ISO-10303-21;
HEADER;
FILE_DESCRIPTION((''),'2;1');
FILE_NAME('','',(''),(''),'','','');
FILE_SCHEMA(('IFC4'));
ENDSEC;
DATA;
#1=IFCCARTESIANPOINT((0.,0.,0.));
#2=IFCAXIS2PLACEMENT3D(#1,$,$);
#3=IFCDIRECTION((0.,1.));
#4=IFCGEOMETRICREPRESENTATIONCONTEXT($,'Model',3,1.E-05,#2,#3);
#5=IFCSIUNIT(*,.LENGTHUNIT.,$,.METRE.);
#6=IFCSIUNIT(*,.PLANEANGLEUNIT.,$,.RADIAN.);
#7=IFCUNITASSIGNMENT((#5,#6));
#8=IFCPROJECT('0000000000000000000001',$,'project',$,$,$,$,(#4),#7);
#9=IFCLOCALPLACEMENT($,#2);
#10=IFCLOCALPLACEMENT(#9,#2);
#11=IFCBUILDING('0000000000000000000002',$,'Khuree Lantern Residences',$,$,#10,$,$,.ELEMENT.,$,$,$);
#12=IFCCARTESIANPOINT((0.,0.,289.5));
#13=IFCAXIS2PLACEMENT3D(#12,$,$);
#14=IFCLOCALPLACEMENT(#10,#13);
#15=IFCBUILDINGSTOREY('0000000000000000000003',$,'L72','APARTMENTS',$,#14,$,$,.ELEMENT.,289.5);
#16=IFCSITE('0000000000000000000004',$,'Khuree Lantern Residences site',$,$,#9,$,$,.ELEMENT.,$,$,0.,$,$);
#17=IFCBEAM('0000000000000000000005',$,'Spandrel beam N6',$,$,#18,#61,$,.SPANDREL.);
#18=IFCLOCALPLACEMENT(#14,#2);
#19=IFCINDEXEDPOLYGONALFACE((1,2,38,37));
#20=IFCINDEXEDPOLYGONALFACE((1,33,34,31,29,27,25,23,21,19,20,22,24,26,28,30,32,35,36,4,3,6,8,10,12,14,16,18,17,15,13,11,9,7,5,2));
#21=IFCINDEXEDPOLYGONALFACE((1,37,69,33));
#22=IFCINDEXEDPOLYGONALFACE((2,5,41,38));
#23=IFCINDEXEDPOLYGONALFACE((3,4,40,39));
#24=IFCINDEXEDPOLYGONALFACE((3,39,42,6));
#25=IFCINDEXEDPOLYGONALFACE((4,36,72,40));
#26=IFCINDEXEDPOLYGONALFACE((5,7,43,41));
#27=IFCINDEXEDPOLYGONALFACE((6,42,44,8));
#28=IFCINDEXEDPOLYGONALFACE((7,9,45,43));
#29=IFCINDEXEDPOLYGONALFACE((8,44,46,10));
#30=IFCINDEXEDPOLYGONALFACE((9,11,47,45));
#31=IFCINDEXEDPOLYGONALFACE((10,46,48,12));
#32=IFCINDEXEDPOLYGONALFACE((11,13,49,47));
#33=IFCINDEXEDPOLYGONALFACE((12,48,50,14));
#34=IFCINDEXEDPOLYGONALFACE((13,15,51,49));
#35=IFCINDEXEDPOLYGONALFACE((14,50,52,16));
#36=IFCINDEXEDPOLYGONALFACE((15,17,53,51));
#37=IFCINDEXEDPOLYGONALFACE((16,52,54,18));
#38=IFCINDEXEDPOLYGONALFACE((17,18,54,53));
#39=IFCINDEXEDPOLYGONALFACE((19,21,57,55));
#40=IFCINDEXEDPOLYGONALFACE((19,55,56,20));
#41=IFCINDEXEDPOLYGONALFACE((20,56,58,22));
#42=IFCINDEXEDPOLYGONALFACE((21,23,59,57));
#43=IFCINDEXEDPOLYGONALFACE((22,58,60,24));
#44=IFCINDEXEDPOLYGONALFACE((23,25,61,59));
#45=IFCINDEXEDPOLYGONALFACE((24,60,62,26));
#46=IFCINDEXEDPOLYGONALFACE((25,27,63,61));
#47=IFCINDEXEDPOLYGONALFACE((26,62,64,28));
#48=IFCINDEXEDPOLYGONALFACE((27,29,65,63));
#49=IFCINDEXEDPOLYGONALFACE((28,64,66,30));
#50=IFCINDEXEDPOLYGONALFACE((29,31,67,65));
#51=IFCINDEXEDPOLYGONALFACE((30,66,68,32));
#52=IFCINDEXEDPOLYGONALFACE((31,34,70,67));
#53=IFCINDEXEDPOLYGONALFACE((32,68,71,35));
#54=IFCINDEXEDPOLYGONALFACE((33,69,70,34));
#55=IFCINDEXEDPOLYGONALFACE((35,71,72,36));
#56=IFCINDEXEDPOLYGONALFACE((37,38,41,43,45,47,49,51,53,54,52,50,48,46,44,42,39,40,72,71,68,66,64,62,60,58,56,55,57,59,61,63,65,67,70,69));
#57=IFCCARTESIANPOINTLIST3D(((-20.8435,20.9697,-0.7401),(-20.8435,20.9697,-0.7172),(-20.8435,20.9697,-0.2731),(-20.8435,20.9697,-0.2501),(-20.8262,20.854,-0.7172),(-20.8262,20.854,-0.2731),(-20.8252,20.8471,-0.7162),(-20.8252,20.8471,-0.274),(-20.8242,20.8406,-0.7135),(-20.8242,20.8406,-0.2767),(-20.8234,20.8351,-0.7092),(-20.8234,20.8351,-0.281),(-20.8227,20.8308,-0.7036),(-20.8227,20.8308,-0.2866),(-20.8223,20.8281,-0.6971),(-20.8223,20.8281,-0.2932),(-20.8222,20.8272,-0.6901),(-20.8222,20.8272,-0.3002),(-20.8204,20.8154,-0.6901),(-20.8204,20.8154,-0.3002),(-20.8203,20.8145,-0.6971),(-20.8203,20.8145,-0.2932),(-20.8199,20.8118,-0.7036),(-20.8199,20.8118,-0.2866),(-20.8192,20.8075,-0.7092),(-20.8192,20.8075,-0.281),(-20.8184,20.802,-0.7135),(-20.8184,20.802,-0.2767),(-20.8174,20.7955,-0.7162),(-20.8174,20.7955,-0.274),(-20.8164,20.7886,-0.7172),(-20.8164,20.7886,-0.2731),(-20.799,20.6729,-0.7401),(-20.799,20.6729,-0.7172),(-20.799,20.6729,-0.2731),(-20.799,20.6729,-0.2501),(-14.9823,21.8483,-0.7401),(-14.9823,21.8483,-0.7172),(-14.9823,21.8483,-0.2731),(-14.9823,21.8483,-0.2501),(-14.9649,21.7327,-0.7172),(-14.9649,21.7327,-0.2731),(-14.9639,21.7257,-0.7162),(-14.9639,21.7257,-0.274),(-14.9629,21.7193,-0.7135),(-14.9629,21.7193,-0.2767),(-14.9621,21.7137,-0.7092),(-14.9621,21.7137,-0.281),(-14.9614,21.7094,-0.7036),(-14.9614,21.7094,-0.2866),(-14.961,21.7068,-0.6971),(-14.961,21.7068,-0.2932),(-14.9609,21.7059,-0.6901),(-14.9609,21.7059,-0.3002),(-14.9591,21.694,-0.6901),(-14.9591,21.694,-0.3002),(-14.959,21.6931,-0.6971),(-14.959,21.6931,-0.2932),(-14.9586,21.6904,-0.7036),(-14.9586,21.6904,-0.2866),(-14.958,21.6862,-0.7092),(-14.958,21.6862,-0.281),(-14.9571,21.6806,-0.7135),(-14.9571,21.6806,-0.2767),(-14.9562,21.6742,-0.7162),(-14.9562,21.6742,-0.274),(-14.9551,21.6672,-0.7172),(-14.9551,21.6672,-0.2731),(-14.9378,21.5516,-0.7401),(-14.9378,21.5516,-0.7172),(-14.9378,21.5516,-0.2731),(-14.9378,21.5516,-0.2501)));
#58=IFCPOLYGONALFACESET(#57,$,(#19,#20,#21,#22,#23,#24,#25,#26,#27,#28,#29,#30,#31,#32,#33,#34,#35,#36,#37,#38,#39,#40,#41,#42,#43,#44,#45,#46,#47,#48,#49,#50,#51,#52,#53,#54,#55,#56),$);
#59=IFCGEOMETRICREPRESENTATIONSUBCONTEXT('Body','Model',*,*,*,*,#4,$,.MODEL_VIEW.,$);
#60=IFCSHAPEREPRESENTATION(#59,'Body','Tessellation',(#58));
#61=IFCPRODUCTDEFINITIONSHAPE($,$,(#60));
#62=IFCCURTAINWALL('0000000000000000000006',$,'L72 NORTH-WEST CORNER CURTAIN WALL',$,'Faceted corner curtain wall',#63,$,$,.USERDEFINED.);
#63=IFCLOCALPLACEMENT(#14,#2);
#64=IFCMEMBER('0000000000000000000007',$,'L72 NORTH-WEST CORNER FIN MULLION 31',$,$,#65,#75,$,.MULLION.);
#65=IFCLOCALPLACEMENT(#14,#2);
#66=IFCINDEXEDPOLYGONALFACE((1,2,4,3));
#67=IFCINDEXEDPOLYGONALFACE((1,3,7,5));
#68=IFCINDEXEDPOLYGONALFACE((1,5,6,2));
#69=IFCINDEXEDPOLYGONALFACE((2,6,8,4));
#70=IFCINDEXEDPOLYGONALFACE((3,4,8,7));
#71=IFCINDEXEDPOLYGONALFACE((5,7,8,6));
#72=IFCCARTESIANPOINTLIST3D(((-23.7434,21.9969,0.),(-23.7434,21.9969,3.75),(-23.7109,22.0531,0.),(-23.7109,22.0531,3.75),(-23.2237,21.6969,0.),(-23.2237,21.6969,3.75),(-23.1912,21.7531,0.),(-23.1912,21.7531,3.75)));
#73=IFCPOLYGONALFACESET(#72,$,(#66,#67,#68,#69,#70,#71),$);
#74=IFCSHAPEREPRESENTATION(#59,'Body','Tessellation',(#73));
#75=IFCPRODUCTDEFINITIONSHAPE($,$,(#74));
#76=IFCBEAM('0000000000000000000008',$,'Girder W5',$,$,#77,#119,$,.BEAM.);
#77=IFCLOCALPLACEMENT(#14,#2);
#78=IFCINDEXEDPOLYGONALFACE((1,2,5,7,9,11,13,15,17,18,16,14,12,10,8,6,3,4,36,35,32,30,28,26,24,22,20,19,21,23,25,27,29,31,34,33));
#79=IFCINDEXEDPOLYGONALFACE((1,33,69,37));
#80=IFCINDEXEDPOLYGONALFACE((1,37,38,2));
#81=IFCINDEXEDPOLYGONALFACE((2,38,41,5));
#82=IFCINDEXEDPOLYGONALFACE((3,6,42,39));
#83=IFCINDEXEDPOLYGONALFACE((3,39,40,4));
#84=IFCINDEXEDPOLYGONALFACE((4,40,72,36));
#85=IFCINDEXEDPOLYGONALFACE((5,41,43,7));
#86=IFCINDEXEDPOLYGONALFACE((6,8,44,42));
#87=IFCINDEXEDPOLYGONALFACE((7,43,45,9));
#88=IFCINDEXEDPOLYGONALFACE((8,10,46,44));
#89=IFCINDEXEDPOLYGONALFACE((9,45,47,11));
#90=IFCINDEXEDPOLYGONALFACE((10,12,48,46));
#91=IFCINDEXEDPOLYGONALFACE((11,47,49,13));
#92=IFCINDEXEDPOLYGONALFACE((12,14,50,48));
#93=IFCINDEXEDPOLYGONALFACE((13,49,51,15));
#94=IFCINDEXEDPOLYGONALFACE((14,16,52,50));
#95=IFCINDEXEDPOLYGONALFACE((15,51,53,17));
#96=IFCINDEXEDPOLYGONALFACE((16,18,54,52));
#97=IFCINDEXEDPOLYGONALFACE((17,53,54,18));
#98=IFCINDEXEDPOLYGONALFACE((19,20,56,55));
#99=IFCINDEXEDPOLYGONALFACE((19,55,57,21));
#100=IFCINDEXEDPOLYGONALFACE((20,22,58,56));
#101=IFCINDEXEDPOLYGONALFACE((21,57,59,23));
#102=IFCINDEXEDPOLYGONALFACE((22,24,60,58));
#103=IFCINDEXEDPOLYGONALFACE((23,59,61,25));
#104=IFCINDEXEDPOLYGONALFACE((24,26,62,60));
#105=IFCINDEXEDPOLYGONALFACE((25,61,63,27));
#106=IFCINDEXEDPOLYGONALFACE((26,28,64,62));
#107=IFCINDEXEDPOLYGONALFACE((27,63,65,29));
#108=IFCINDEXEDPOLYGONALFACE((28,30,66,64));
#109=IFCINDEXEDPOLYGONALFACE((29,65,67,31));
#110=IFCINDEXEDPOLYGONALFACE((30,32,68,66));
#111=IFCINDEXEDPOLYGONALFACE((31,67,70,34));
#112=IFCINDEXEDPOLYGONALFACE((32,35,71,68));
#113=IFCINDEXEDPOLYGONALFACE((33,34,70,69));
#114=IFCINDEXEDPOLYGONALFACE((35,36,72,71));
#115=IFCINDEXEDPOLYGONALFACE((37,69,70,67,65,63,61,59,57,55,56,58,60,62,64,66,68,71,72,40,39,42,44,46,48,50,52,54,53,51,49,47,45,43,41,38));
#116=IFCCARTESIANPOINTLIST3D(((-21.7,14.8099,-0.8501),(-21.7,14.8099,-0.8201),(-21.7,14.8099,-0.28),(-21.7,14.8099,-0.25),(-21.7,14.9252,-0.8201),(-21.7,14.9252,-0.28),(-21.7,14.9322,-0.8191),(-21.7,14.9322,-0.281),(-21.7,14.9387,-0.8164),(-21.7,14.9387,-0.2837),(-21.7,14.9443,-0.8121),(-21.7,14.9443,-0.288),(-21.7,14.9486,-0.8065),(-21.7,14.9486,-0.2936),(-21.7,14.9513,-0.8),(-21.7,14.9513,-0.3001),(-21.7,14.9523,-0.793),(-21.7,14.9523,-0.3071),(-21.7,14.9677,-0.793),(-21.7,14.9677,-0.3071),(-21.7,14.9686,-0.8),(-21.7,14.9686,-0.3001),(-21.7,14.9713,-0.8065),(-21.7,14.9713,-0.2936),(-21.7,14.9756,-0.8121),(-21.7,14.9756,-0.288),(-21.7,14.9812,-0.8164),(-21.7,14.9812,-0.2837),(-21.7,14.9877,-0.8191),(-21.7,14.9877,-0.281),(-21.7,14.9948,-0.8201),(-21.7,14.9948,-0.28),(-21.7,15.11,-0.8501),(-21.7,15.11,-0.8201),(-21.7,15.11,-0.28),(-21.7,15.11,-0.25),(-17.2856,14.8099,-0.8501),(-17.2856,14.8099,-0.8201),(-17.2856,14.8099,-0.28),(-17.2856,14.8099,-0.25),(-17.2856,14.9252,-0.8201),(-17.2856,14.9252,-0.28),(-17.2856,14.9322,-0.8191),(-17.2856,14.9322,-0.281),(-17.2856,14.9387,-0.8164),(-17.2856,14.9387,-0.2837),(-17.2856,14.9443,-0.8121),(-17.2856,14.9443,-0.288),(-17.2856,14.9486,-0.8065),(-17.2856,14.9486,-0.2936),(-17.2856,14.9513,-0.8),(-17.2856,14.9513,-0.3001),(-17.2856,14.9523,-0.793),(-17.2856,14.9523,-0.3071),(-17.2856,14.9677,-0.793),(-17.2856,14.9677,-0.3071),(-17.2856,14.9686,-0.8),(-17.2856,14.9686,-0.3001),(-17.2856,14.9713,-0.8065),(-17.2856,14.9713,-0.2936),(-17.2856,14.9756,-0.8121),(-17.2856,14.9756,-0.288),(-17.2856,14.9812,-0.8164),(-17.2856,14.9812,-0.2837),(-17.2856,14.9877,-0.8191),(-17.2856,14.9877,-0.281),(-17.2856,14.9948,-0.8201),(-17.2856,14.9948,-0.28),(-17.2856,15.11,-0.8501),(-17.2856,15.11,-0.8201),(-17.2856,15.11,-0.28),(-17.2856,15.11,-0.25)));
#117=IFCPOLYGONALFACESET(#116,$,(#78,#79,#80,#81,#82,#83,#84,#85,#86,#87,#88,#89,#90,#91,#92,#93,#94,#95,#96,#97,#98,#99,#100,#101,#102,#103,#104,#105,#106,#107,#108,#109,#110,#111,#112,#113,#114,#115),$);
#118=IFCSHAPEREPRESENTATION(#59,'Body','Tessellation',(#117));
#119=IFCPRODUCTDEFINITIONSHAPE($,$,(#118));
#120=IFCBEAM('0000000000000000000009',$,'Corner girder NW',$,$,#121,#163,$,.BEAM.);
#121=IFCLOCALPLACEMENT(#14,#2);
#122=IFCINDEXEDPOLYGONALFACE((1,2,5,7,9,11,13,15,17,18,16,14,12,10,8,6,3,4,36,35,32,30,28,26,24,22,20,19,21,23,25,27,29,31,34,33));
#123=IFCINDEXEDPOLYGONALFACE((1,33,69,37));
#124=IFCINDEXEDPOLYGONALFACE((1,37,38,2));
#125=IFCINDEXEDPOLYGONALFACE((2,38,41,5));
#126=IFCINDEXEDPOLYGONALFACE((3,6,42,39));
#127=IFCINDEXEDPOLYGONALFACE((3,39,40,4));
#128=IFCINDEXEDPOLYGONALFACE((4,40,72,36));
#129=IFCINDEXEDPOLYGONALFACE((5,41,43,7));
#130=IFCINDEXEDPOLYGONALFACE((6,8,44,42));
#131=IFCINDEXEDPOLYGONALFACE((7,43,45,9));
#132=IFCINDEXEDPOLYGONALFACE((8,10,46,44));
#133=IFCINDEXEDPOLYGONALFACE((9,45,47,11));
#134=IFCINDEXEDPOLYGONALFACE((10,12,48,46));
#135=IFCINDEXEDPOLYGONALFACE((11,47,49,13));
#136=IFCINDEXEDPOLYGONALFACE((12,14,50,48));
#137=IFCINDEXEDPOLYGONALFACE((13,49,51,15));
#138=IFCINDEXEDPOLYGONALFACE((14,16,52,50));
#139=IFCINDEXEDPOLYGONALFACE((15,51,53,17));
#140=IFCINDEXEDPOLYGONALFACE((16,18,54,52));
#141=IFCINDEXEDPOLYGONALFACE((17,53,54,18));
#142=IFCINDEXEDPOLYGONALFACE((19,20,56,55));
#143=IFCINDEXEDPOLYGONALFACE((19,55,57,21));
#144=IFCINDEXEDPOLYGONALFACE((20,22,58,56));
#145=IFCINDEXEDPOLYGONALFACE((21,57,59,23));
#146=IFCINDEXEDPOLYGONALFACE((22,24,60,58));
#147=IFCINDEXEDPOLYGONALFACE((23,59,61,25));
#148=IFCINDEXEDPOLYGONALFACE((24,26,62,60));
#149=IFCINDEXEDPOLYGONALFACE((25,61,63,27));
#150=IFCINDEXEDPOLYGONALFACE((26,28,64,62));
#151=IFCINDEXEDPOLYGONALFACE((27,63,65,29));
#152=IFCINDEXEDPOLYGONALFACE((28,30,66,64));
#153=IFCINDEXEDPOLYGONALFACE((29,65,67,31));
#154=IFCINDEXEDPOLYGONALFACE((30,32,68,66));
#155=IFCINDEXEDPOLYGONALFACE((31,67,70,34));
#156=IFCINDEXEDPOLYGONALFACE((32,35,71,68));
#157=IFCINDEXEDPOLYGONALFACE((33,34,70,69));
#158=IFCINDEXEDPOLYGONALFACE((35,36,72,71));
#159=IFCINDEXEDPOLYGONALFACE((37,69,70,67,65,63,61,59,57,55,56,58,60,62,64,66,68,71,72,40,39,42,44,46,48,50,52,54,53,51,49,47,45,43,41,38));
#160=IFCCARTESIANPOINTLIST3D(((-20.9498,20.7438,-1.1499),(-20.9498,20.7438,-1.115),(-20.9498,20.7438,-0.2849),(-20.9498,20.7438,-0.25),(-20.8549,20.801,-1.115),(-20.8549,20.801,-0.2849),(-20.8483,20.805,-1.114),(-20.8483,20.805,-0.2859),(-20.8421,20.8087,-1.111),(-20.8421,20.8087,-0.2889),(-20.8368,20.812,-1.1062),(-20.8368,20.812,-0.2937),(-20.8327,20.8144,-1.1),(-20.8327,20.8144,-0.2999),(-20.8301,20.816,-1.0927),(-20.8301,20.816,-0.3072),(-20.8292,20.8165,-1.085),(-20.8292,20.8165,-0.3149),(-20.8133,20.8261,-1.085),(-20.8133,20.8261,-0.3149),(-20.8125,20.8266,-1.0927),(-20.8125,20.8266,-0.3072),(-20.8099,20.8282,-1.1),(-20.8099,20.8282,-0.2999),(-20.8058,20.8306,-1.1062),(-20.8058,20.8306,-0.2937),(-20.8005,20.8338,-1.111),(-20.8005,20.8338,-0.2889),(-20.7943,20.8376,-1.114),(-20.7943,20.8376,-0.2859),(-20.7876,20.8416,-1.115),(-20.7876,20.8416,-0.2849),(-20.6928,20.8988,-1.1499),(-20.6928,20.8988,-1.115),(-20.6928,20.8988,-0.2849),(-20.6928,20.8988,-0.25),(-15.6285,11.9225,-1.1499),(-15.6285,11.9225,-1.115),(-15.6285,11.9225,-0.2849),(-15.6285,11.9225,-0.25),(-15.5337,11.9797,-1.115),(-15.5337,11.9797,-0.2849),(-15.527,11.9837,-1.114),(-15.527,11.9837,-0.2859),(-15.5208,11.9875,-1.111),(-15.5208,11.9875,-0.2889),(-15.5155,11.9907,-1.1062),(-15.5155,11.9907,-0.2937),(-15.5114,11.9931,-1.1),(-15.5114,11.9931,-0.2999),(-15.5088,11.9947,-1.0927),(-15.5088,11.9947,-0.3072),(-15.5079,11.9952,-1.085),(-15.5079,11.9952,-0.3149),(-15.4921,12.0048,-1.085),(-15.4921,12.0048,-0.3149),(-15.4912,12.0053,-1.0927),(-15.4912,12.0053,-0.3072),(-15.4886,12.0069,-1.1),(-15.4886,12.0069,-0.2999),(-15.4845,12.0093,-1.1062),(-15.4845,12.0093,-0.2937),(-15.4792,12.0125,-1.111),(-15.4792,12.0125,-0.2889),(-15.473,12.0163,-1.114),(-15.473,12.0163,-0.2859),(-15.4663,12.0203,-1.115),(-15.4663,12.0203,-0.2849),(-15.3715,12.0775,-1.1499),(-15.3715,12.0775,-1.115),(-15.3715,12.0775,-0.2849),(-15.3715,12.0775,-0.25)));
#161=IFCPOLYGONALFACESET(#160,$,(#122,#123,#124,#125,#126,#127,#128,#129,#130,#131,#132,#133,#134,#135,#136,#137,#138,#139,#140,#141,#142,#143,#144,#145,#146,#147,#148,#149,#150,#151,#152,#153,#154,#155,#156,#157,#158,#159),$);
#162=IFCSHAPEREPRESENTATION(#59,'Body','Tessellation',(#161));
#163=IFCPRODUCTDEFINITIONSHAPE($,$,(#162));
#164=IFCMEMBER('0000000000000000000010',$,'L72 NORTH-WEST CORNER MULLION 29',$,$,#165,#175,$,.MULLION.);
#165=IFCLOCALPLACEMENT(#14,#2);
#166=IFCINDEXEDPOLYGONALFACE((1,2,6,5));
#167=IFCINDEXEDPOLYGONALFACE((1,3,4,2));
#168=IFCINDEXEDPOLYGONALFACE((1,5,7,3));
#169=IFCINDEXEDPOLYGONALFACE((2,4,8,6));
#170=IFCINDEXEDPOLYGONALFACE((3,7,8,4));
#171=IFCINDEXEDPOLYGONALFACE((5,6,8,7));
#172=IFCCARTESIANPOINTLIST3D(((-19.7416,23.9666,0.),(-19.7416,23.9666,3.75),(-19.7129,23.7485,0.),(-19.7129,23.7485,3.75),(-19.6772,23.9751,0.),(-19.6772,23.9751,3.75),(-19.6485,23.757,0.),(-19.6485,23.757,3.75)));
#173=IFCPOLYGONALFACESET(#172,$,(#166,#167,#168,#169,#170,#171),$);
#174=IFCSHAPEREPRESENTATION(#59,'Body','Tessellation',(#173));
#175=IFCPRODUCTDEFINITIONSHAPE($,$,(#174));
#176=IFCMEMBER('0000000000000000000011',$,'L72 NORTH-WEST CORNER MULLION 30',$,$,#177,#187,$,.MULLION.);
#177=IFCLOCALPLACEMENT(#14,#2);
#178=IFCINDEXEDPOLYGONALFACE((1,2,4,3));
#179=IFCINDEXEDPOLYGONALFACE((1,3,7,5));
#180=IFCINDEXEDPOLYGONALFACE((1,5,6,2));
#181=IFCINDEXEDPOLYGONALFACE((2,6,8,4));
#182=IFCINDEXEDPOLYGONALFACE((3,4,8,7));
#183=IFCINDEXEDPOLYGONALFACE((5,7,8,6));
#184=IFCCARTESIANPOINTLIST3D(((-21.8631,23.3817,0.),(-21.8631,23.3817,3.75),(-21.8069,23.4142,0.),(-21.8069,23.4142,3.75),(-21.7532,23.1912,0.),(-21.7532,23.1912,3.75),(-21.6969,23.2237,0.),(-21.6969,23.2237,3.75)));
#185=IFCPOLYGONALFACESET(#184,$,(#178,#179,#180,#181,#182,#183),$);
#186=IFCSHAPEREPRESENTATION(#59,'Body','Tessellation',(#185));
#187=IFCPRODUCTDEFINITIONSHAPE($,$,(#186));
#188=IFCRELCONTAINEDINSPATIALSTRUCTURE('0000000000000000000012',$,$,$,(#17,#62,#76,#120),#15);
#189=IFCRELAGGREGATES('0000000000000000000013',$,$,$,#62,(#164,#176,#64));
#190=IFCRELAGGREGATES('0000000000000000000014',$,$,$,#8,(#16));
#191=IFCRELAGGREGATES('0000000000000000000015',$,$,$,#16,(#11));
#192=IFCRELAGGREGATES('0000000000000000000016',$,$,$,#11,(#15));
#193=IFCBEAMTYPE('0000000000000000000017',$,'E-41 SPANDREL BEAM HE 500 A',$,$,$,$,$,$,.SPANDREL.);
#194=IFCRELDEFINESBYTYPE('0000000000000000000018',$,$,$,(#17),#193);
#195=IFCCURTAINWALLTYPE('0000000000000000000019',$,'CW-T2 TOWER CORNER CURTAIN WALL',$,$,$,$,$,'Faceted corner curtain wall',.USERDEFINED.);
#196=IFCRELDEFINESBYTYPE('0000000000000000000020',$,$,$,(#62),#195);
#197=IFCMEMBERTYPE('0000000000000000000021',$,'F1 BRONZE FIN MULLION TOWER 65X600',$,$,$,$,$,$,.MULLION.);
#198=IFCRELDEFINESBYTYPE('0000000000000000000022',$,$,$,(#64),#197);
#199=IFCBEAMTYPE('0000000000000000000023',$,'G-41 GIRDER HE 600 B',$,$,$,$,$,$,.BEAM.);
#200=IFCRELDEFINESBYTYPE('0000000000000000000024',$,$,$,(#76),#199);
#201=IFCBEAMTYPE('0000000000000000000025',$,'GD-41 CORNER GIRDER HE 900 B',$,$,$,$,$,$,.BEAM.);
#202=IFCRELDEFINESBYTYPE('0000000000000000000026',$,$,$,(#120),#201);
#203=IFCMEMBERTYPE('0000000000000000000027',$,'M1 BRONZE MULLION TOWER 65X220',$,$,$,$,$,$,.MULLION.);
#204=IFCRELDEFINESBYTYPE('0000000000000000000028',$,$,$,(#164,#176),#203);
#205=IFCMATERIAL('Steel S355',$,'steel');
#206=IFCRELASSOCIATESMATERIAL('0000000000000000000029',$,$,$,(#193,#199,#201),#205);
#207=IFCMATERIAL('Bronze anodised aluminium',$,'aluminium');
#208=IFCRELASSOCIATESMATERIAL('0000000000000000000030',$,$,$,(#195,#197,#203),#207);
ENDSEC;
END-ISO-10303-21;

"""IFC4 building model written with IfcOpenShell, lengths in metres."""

from ifc_helpers import new_model, si_unit, direction, frame, origin, origin_2d, place, context, subcontext, project, spatial, rectangle, i_section, extrude, material, material_profile, profile_set, type_object, element, aggregate, save


model = new_model("IFC4")

# Units and contexts
model_context = context("Model", 3, precision=1e-05, world=origin(), true_north=direction((0.0, 1.0)))
body_context = subcontext(model_context, "Body", "Model", "MODEL_VIEW")
ifc_project = project(units=[si_unit("LENGTHUNIT", "METRE"), si_unit("PLANEANGLEUNIT", "RADIAN")], contexts=[model_context])

# Site, building, storey
site_placement = place(None, origin())
site = spatial("IfcSite", under=ifc_project, at=site_placement, Name="Khuree Lantern Residences site", CompositionType="ELEMENT", RefElevation=0.0)
building_placement = place(site_placement, origin())
building = spatial("IfcBuilding", under=site, at=building_placement, Name="Khuree Lantern Residences", CompositionType="ELEMENT")
storey_placement = place(building_placement, frame((0.0, 0.0, 289.5)))
storey = spatial("IfcBuildingStorey", under=building, at=storey_placement, Name="L72", Description="APARTMENTS", CompositionType="ELEMENT", Elevation=289.5)

# Beam
ifc_material_1 = material(Name="Steel S355", Category="steel")
ifc_material_profile_1 = material_profile(ifc_material_1, i_section(OverallWidth=0.3, OverallDepth=0.49, WebThickness=0.012, FlangeThickness=0.0229, FilletRadius=0.0271, at=origin_2d()), Name="HE 500 A")
ifc_profile_set_1 = profile_set([ifc_material_profile_1], Name="Steel S355")
beam_type_1 = type_object("IfcBeamType", Name="E-41 SPANDREL BEAM HE 500 A", PredefinedType="SPANDREL", material=ifc_profile_set_1)
for number, where, z_axis, x_axis, name in (
    (1, (-20.8213, 20.8213, -0.4951), (0.98895, 0.148252, 0.0), (-0.148252, 0.98895, 0.0), "Spandrel beam N6"),
):
    element("IfcBeam", number, at=place(storey_placement, frame(where, z_axis=z_axis, x_axis=x_axis)), inside=storey, type_object=beam_type_1, Name=name, PredefinedType="SPANDREL", context=body_context, shape_type="SweptSolid", body=[
        extrude(i_section(OverallWidth=0.3, OverallDepth=0.49, WebThickness=0.012, FlangeThickness=0.0229, FilletRadius=0.0271, at=origin_2d()), origin(), (0.0, 0.0, 1.0), 5.9268),
    ])

# Curtain wall, member
ifc_material_2 = material(Name="Bronze anodised aluminium", Category="aluminium")
curtain_wall_type_1 = type_object("IfcCurtainWallType", Name="CW-T2 TOWER CORNER CURTAIN WALL", ElementType="Faceted corner curtain wall", PredefinedType="USERDEFINED", material=ifc_material_2)
curtain_wall_1_placement = place(storey_placement, origin())
curtain_wall_1 = element("IfcCurtainWall", 2, at=curtain_wall_1_placement, inside=storey, type_object=curtain_wall_type_1, Name="L72 NORTH-WEST CORNER CURTAIN WALL", ObjectType="Faceted corner curtain wall", PredefinedType="USERDEFINED")
ifc_material_profile_2 = material_profile(ifc_material_2, rectangle(XDim=0.0649, YDim=0.6001, at=origin_2d()), Name="F1 65X600")
ifc_profile_set_2 = profile_set([ifc_material_profile_2], Name="Bronze anodised aluminium")
member_type_1 = type_object("IfcMemberType", Name="F1 BRONZE FIN MULLION TOWER 65X600", PredefinedType="MULLION", material=ifc_profile_set_2)
member_1_placement = place(storey_placement, frame((-23.4673, 21.875, 0.0), z_axis=(0.0, 0.0, 1.0), x_axis=(-0.5, -0.866025, 0.0)))
member_1 = element("IfcMember", 3, at=member_1_placement, type_object=member_type_1, Name="L72 NORTH-WEST CORNER FIN MULLION 31", PredefinedType="MULLION", context=body_context, shape_type="SweptSolid", body=[
    extrude(rectangle(XDim=0.0649, YDim=0.6001, at=origin_2d()), origin(), (0.0, 0.0, 1.0), 3.75),
])

# Beams
ifc_material_profile_3 = material_profile(ifc_material_1, i_section(OverallWidth=0.3, OverallDepth=0.6001, WebThickness=0.0154, FlangeThickness=0.03, FilletRadius=0.0271, at=origin_2d()), Name="HE 600 B")
ifc_profile_set_3 = profile_set([ifc_material_profile_3], Name="Steel S355")
beam_type_2 = type_object("IfcBeamType", Name="G-41 GIRDER HE 600 B", PredefinedType="BEAM", material=ifc_profile_set_3)
beam_1_placement = place(storey_placement, frame((-21.7, 14.96, -0.55), z_axis=(1.0, 0.0, 0.0), x_axis=(0.0, 1.0, 0.0)))
element("IfcBeam", 4, at=beam_1_placement, inside=storey, type_object=beam_type_2, Name="Girder W5", PredefinedType="BEAM", context=body_context, shape_type="SweptSolid", body=[
    extrude(i_section(OverallWidth=0.3, OverallDepth=0.6001, WebThickness=0.0154, FlangeThickness=0.03, FilletRadius=0.0271, at=origin_2d()), origin(), (0.0, 0.0, 1.0), 4.4143),
])
ifc_material_profile_4 = material_profile(ifc_material_1, i_section(OverallWidth=0.3, OverallDepth=0.8999, WebThickness=0.0186, FlangeThickness=0.0349, FilletRadius=0.03, at=origin_2d()), Name="HE 900 B")
ifc_profile_set_4 = profile_set([ifc_material_profile_4], Name="Steel S355")
beam_type_3 = type_object("IfcBeamType", Name="GD-41 CORNER GIRDER HE 900 B", PredefinedType="BEAM", material=ifc_profile_set_4)
beam_2_placement = place(storey_placement, frame((-20.8213, 20.8213, -0.7), z_axis=(0.51653, -0.856269, 0.0), x_axis=(0.856269, 0.51653, 0.0)))
element("IfcBeam", 5, at=beam_2_placement, inside=storey, type_object=beam_type_3, Name="Corner girder NW", PredefinedType="BEAM", context=body_context, shape_type="SweptSolid", body=[
    extrude(i_section(OverallWidth=0.3, OverallDepth=0.8999, WebThickness=0.0186, FlangeThickness=0.0349, FilletRadius=0.03, at=origin_2d()), origin(), (0.0, 0.0, 1.0), 10.302),
])

# Members
ifc_material_profile_5 = material_profile(ifc_material_2, rectangle(XDim=0.0649, YDim=0.22, at=origin_2d()), Name="M1 65X220")
ifc_profile_set_5 = profile_set([ifc_material_profile_5], Name="Bronze anodised aluminium")
member_type_2 = type_object("IfcMemberType", Name="M1 BRONZE MULLION TOWER 65X220", PredefinedType="MULLION", material=ifc_profile_set_5)
member_2_placement = place(storey_placement, frame((-19.6951, 23.8618, 0.0), z_axis=(0.0, 0.0, 1.0), x_axis=(-0.991445, -0.130526, 0.0)))
member_2 = element("IfcMember", 6, at=member_2_placement, type_object=member_type_2, Name="L72 NORTH-WEST CORNER MULLION 29", PredefinedType="MULLION", context=body_context, shape_type="SweptSolid", body=[
    extrude(rectangle(XDim=0.0649, YDim=0.22, at=origin_2d()), origin(), (0.0, 0.0, 1.0), 3.75),
])
member_3_placement = place(storey_placement, frame((-21.78, 23.3027, 0.0), z_axis=(0.0, 0.0, 1.0), x_axis=(-0.866025, -0.5, 0.0)))
member_3 = element("IfcMember", 7, at=member_3_placement, type_object=member_type_2, Name="L72 NORTH-WEST CORNER MULLION 30", PredefinedType="MULLION", context=body_context, shape_type="SweptSolid", body=[
    extrude(rectangle(XDim=0.0649, YDim=0.22, at=origin_2d()), origin(), (0.0, 0.0, 1.0), 3.75),
])

aggregate(curtain_wall_1, [member_2, member_3, member_1])

save(model, "model.ifc")
